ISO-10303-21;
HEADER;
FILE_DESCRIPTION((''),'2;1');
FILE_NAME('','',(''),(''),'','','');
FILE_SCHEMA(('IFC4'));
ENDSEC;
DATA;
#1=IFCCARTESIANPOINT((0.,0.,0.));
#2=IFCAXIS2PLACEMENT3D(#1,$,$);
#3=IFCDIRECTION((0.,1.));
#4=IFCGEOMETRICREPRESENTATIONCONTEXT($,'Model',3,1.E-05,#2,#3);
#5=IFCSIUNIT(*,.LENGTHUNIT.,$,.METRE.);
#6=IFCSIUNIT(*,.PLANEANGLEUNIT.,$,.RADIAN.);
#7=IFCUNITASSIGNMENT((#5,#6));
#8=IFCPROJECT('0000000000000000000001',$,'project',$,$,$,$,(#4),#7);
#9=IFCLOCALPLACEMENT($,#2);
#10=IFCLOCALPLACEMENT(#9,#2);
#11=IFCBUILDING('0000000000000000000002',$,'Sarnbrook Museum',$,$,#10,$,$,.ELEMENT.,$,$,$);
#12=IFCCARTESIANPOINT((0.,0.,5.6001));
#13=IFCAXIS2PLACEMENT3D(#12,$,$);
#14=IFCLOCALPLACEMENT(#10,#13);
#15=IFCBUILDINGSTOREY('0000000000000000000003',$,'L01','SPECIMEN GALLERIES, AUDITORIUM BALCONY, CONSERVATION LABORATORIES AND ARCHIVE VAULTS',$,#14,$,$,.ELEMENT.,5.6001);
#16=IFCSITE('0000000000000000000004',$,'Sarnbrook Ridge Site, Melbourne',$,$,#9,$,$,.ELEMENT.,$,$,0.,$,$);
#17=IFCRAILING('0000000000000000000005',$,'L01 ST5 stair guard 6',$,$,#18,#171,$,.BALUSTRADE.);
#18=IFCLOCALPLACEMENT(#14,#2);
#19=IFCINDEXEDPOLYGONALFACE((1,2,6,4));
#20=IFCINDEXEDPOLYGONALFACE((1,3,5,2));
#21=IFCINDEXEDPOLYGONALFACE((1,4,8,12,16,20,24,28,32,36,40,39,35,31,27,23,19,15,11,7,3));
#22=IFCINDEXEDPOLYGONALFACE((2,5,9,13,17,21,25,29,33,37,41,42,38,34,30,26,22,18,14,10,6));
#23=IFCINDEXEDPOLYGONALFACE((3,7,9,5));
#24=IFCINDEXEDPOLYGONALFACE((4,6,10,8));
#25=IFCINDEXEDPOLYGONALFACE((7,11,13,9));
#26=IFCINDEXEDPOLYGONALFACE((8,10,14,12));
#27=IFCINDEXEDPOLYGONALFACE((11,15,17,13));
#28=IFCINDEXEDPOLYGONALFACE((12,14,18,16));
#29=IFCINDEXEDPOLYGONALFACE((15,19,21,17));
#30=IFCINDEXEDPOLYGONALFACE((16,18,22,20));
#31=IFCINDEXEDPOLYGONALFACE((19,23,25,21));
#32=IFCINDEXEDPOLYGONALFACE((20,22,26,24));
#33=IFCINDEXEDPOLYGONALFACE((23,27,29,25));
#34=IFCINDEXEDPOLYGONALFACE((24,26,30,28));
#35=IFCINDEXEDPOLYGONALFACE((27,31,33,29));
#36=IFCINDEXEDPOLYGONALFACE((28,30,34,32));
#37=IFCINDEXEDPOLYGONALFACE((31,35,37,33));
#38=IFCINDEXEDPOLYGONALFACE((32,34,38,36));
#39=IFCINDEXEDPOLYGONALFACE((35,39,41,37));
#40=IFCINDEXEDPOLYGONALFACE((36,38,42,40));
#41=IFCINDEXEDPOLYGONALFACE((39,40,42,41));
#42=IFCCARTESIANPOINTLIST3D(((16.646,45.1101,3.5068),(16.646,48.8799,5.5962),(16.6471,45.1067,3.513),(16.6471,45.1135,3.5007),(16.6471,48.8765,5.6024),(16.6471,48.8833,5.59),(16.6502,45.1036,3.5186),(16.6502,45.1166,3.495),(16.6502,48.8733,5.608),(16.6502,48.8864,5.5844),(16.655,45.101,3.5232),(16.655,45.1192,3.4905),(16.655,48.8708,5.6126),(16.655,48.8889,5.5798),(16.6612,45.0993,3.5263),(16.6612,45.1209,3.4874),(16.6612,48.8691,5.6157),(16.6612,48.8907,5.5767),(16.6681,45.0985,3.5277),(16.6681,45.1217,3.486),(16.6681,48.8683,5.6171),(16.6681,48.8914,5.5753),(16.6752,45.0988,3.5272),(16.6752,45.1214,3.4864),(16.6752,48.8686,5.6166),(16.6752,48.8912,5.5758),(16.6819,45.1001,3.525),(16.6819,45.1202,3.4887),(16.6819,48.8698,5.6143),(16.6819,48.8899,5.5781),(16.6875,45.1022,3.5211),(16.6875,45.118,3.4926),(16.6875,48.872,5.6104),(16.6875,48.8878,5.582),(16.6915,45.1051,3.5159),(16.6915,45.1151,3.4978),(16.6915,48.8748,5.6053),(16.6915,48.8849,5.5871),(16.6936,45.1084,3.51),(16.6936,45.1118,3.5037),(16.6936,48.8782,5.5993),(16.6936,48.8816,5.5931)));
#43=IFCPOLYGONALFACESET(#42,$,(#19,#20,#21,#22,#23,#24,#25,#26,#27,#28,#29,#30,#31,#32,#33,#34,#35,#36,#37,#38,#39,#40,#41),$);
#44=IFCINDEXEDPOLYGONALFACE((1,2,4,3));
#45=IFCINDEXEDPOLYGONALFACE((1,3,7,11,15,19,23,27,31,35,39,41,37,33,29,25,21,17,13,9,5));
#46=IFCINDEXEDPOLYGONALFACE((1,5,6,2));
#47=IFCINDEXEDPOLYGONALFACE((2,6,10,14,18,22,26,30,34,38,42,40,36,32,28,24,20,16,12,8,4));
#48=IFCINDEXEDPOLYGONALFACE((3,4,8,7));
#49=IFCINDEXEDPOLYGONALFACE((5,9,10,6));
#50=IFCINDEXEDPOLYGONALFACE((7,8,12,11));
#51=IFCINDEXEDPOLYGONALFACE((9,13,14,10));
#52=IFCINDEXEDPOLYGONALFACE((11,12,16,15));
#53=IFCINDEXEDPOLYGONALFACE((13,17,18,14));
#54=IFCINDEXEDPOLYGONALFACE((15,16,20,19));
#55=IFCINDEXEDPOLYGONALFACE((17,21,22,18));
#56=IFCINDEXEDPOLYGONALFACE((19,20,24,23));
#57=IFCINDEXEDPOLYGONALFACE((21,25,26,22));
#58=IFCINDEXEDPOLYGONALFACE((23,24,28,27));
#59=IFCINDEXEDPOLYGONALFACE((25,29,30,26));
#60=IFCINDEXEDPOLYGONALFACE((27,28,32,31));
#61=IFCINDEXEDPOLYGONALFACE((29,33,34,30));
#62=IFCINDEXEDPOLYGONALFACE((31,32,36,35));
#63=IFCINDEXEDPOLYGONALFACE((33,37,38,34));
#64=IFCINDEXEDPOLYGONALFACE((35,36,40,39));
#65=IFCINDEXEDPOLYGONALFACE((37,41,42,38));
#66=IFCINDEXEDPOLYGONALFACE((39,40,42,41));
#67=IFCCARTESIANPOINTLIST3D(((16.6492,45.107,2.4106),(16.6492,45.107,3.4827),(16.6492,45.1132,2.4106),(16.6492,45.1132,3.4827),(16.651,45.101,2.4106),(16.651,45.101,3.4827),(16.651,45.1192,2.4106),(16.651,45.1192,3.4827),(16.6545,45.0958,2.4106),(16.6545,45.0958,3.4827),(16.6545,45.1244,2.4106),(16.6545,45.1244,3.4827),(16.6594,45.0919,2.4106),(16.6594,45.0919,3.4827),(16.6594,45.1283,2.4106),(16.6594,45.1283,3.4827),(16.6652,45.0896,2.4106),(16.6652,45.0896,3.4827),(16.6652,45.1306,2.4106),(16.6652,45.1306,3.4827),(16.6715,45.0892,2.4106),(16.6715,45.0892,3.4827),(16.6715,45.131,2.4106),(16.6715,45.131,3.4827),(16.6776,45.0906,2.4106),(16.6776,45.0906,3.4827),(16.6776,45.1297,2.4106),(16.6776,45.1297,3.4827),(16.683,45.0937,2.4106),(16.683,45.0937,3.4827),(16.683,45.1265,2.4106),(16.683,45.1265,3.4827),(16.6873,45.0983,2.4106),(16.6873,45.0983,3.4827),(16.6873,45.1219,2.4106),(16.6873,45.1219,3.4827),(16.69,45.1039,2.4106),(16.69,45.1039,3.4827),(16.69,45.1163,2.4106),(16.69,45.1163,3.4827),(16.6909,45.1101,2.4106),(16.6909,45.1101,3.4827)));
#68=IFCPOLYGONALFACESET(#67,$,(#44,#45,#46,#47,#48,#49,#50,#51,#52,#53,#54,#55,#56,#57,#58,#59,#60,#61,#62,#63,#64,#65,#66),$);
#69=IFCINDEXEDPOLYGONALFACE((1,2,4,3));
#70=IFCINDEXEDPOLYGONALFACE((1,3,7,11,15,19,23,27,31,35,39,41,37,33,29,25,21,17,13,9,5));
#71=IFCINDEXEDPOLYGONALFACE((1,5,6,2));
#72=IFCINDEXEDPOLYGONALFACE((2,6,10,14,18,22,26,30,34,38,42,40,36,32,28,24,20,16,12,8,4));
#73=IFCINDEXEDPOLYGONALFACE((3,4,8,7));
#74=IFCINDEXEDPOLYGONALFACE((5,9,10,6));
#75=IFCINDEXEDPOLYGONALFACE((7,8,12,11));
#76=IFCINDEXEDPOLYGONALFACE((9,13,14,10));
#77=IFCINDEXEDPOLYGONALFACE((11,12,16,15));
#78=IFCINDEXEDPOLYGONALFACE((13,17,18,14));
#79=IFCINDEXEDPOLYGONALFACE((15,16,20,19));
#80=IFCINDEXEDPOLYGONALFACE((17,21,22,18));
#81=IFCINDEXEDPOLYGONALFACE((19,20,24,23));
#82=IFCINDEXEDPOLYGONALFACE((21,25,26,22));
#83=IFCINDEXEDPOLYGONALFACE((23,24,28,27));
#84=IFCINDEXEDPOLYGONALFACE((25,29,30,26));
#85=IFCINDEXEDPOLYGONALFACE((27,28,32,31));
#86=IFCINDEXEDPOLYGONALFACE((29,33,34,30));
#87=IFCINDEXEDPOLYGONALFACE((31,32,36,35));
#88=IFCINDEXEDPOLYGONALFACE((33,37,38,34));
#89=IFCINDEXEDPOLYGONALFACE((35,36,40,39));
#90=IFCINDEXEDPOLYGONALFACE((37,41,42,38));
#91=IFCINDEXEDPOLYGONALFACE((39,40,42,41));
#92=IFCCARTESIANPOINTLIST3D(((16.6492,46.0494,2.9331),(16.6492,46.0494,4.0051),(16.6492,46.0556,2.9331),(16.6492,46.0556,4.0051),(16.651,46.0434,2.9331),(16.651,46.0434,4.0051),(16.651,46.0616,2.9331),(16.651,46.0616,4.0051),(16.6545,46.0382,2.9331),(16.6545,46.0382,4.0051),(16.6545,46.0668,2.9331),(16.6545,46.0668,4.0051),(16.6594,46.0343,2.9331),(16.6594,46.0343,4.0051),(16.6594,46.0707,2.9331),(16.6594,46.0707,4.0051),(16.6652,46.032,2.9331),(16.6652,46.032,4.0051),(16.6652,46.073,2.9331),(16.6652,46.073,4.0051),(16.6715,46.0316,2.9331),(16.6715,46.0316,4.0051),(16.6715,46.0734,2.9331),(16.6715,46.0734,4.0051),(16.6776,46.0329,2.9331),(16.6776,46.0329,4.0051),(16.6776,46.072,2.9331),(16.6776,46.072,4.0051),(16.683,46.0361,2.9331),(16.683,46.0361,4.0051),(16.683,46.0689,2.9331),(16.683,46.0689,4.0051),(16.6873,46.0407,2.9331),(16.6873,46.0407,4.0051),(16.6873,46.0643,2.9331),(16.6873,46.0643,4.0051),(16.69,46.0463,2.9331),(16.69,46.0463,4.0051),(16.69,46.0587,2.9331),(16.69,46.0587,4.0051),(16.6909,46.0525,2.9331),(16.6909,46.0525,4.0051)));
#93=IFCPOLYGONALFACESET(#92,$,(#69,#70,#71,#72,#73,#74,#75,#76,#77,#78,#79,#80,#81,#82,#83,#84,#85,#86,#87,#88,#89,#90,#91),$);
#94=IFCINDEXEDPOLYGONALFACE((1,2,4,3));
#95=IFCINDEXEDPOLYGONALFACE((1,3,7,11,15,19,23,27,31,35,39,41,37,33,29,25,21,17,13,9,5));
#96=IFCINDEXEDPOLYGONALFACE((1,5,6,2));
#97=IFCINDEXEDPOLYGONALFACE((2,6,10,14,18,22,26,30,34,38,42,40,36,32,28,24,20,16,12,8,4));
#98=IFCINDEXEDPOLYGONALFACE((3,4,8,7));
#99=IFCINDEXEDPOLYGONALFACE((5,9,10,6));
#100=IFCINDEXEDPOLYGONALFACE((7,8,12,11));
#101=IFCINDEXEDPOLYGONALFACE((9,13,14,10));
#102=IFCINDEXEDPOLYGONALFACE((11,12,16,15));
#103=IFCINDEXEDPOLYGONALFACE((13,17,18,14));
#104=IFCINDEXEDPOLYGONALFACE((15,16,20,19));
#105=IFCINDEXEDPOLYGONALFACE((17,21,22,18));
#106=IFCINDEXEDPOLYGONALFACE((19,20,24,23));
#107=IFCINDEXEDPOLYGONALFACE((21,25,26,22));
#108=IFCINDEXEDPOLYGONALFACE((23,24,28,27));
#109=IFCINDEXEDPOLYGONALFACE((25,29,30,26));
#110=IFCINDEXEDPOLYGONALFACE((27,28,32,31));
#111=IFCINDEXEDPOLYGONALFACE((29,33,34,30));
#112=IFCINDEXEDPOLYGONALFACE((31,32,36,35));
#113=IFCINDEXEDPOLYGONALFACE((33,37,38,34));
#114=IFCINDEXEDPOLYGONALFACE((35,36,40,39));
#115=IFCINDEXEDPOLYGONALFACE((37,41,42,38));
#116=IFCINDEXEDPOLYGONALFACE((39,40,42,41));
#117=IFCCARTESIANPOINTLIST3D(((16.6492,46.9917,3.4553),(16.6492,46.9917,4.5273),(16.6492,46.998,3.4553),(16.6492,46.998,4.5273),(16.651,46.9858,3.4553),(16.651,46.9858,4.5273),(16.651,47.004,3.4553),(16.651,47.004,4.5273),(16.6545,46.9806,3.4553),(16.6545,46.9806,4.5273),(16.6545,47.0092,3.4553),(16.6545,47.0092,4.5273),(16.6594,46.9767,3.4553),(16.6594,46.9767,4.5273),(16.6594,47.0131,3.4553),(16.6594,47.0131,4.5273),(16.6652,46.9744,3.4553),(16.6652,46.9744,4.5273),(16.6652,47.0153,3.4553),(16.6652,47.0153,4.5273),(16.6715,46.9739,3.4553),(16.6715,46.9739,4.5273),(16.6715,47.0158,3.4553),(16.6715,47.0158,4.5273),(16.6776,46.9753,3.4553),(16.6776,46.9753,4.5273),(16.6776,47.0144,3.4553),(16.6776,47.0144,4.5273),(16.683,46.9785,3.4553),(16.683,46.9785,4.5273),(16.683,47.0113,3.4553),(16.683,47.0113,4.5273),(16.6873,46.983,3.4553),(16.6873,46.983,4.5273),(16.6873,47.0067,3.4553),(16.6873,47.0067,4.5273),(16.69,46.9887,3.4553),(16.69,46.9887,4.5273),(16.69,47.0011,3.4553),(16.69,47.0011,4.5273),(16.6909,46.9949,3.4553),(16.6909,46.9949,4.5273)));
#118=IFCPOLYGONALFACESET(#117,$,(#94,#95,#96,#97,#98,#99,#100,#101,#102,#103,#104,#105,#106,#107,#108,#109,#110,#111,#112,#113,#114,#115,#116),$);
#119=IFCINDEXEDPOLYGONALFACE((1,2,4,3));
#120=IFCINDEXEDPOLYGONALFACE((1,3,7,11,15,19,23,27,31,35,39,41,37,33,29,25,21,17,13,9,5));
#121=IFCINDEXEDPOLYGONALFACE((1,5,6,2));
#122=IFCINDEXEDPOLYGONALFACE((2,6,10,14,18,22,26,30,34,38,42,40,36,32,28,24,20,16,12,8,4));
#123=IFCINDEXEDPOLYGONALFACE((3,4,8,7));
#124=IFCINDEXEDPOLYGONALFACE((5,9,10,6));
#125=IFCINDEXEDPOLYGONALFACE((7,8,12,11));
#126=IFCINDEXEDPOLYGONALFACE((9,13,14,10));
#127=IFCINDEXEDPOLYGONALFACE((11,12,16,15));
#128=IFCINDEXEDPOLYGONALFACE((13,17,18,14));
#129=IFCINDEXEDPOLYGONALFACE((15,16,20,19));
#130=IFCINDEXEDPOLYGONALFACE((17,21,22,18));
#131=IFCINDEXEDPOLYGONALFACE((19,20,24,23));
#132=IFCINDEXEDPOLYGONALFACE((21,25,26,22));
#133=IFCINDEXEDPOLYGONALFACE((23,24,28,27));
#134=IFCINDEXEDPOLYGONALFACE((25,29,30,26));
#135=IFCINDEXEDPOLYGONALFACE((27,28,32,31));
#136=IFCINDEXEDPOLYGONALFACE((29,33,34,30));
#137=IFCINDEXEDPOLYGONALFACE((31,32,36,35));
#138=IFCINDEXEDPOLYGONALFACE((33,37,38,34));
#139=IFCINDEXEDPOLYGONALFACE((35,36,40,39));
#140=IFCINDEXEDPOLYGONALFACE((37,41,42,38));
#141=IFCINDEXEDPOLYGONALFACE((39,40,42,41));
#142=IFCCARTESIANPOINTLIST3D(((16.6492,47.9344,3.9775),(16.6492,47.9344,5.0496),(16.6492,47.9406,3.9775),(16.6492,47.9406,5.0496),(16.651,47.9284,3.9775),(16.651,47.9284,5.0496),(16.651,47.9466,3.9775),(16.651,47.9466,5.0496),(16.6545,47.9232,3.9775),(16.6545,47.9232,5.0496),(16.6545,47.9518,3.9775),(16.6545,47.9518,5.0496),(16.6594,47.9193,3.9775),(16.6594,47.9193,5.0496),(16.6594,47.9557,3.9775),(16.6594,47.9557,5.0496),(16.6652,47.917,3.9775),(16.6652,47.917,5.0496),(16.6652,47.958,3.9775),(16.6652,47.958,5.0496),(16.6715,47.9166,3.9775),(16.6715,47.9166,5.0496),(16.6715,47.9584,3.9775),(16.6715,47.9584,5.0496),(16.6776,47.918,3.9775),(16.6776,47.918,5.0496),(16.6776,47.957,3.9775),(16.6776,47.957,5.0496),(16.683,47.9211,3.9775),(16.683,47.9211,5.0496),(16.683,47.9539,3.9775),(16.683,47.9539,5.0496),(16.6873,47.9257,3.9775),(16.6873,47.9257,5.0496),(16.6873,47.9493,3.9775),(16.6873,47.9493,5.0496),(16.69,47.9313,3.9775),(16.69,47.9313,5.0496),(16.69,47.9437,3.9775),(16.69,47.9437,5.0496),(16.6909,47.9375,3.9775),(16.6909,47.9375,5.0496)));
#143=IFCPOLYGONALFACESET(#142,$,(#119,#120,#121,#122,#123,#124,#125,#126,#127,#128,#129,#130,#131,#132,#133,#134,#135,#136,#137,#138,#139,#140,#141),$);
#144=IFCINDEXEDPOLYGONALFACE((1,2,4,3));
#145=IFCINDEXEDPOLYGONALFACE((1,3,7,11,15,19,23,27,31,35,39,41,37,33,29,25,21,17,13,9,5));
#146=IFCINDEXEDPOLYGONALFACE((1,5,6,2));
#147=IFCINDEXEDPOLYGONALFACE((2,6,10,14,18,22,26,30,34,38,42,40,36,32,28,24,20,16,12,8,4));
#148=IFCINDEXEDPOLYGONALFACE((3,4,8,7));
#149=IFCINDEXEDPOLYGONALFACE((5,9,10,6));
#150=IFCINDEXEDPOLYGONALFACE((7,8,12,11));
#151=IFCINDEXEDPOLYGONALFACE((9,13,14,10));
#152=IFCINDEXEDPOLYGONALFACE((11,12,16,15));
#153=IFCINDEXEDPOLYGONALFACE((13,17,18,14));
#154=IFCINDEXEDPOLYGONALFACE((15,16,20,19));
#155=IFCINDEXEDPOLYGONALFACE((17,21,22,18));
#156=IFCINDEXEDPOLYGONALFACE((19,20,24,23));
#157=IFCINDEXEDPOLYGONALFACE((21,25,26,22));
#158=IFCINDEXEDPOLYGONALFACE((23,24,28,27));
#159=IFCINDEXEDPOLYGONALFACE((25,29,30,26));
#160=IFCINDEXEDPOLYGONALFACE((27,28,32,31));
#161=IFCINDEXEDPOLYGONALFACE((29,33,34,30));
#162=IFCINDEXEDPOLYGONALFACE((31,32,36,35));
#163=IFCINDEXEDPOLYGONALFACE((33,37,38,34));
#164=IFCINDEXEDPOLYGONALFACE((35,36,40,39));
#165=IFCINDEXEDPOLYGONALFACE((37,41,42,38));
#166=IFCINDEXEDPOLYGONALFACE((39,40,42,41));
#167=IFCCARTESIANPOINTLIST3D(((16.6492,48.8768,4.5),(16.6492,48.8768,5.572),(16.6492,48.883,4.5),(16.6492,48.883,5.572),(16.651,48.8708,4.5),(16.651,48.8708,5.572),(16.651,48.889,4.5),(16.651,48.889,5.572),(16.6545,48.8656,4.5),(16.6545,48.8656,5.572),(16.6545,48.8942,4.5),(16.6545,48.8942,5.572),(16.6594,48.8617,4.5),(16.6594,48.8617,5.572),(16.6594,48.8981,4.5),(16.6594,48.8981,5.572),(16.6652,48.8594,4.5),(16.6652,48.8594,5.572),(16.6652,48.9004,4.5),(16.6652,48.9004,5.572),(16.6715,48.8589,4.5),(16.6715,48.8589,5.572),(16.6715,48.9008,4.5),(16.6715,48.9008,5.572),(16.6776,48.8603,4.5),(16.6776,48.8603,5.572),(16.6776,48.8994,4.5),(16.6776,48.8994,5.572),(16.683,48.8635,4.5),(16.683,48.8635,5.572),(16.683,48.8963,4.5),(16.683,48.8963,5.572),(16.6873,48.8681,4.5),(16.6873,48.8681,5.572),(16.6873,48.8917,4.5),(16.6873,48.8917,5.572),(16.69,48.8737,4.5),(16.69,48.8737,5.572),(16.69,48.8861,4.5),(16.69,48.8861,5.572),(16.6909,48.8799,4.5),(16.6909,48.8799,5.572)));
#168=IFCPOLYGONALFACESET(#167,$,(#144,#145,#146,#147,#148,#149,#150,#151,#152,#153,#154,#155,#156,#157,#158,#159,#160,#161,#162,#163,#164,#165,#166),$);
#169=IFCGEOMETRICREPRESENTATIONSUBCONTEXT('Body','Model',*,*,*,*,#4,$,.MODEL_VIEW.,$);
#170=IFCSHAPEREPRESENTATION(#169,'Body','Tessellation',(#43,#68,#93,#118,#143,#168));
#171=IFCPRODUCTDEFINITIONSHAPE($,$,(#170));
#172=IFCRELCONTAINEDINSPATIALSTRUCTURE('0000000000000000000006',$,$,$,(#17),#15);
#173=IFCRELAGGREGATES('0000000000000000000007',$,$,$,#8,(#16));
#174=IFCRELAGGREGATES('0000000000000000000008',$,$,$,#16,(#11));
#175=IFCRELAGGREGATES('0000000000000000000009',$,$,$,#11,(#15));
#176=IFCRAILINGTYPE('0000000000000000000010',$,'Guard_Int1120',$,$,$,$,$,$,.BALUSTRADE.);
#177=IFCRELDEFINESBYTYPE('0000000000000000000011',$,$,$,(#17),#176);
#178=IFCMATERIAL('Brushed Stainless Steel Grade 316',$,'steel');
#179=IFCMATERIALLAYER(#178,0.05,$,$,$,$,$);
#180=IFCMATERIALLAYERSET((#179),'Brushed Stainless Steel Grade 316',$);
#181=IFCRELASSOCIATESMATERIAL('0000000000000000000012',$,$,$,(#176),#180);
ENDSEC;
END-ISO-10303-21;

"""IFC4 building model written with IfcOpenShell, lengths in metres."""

from ifc_helpers import new_model, si_unit, direction, frame, origin, origin_2d, place, context, subcontext, project, spatial, circle, extrude, material, layer, layer_set, type_object, element, save


model = new_model("IFC4")

# Units and contexts
model_context = context("Model", 3, precision=1e-05, world=origin(), true_north=direction((0.0, 1.0)))
body_context = subcontext(model_context, "Body", "Model", "MODEL_VIEW")
ifc_project = project(units=[si_unit("LENGTHUNIT", "METRE"), si_unit("PLANEANGLEUNIT", "RADIAN")], contexts=[model_context])

# Site, building, storey
site_placement = place(None, origin())
site = spatial("IfcSite", under=ifc_project, at=site_placement, Name="Sarnbrook Ridge Site, Melbourne", CompositionType="ELEMENT", RefElevation=0.0)
building_placement = place(site_placement, origin())
building = spatial("IfcBuilding", under=site, at=building_placement, Name="Sarnbrook Museum", CompositionType="ELEMENT")
storey_placement = place(building_placement, frame((0.0, 0.0, 5.6001)))
storey = spatial("IfcBuildingStorey", under=building, at=storey_placement, Name="L01", Description="SPECIMEN GALLERIES, AUDITORIUM BALCONY, CONSERVATION LABORATORIES AND ARCHIVE VAULTS", CompositionType="ELEMENT", Elevation=5.6001)

# Railing
ifc_material_1 = material(Name="Brushed Stainless Steel Grade 316", Category="steel")
ifc_layer_1 = layer(ifc_material_1, 0.05)
ifc_layer_set_1 = layer_set([ifc_layer_1], Name="Brushed Stainless Steel Grade 316")
railing_type_1 = type_object("IfcRailingType", Name="Guard_Int1120", PredefinedType="BALUSTRADE", material=ifc_layer_set_1)
railing_1_placement = place(storey_placement, frame((16.6699, 45.1101, 2.4106)))
element("IfcRailing", 1, at=railing_1_placement, inside=storey, type_object=railing_type_1, Name="L01 ST5 stair guard 6", PredefinedType="BALUSTRADE", context=body_context, shape_type="SweptSolid", body=[
    extrude(circle(Radius=0.0239, at=origin_2d()), frame((0.0, 0.0, 1.0962), z_axis=(0.0, 0.874646, 0.484763), x_axis=(-1.0, 0.0, 0.0)), (0.0, 0.0, 1.0), 4.3101),
    extrude(circle(Radius=0.021, at=origin_2d()), origin(), (0.0, 0.0, 1.0), 1.072),
    extrude(circle(Radius=0.021, at=origin_2d()), frame((0.0, 0.9424, 0.5225)), (0.0, 0.0, 1.0), 1.072),
    extrude(circle(Radius=0.021, at=origin_2d()), frame((0.0, 1.8848, 1.0447)), (0.0, 0.0, 1.0), 1.072),
    extrude(circle(Radius=0.021, at=origin_2d()), frame((0.0, 2.8274, 1.5669)), (0.0, 0.0, 1.0), 1.072),
    extrude(circle(Radius=0.021, at=origin_2d()), frame((0.0, 3.7698, 2.0894)), (0.0, 0.0, 1.0), 1.072),
])

save(model, "model.ifc")
